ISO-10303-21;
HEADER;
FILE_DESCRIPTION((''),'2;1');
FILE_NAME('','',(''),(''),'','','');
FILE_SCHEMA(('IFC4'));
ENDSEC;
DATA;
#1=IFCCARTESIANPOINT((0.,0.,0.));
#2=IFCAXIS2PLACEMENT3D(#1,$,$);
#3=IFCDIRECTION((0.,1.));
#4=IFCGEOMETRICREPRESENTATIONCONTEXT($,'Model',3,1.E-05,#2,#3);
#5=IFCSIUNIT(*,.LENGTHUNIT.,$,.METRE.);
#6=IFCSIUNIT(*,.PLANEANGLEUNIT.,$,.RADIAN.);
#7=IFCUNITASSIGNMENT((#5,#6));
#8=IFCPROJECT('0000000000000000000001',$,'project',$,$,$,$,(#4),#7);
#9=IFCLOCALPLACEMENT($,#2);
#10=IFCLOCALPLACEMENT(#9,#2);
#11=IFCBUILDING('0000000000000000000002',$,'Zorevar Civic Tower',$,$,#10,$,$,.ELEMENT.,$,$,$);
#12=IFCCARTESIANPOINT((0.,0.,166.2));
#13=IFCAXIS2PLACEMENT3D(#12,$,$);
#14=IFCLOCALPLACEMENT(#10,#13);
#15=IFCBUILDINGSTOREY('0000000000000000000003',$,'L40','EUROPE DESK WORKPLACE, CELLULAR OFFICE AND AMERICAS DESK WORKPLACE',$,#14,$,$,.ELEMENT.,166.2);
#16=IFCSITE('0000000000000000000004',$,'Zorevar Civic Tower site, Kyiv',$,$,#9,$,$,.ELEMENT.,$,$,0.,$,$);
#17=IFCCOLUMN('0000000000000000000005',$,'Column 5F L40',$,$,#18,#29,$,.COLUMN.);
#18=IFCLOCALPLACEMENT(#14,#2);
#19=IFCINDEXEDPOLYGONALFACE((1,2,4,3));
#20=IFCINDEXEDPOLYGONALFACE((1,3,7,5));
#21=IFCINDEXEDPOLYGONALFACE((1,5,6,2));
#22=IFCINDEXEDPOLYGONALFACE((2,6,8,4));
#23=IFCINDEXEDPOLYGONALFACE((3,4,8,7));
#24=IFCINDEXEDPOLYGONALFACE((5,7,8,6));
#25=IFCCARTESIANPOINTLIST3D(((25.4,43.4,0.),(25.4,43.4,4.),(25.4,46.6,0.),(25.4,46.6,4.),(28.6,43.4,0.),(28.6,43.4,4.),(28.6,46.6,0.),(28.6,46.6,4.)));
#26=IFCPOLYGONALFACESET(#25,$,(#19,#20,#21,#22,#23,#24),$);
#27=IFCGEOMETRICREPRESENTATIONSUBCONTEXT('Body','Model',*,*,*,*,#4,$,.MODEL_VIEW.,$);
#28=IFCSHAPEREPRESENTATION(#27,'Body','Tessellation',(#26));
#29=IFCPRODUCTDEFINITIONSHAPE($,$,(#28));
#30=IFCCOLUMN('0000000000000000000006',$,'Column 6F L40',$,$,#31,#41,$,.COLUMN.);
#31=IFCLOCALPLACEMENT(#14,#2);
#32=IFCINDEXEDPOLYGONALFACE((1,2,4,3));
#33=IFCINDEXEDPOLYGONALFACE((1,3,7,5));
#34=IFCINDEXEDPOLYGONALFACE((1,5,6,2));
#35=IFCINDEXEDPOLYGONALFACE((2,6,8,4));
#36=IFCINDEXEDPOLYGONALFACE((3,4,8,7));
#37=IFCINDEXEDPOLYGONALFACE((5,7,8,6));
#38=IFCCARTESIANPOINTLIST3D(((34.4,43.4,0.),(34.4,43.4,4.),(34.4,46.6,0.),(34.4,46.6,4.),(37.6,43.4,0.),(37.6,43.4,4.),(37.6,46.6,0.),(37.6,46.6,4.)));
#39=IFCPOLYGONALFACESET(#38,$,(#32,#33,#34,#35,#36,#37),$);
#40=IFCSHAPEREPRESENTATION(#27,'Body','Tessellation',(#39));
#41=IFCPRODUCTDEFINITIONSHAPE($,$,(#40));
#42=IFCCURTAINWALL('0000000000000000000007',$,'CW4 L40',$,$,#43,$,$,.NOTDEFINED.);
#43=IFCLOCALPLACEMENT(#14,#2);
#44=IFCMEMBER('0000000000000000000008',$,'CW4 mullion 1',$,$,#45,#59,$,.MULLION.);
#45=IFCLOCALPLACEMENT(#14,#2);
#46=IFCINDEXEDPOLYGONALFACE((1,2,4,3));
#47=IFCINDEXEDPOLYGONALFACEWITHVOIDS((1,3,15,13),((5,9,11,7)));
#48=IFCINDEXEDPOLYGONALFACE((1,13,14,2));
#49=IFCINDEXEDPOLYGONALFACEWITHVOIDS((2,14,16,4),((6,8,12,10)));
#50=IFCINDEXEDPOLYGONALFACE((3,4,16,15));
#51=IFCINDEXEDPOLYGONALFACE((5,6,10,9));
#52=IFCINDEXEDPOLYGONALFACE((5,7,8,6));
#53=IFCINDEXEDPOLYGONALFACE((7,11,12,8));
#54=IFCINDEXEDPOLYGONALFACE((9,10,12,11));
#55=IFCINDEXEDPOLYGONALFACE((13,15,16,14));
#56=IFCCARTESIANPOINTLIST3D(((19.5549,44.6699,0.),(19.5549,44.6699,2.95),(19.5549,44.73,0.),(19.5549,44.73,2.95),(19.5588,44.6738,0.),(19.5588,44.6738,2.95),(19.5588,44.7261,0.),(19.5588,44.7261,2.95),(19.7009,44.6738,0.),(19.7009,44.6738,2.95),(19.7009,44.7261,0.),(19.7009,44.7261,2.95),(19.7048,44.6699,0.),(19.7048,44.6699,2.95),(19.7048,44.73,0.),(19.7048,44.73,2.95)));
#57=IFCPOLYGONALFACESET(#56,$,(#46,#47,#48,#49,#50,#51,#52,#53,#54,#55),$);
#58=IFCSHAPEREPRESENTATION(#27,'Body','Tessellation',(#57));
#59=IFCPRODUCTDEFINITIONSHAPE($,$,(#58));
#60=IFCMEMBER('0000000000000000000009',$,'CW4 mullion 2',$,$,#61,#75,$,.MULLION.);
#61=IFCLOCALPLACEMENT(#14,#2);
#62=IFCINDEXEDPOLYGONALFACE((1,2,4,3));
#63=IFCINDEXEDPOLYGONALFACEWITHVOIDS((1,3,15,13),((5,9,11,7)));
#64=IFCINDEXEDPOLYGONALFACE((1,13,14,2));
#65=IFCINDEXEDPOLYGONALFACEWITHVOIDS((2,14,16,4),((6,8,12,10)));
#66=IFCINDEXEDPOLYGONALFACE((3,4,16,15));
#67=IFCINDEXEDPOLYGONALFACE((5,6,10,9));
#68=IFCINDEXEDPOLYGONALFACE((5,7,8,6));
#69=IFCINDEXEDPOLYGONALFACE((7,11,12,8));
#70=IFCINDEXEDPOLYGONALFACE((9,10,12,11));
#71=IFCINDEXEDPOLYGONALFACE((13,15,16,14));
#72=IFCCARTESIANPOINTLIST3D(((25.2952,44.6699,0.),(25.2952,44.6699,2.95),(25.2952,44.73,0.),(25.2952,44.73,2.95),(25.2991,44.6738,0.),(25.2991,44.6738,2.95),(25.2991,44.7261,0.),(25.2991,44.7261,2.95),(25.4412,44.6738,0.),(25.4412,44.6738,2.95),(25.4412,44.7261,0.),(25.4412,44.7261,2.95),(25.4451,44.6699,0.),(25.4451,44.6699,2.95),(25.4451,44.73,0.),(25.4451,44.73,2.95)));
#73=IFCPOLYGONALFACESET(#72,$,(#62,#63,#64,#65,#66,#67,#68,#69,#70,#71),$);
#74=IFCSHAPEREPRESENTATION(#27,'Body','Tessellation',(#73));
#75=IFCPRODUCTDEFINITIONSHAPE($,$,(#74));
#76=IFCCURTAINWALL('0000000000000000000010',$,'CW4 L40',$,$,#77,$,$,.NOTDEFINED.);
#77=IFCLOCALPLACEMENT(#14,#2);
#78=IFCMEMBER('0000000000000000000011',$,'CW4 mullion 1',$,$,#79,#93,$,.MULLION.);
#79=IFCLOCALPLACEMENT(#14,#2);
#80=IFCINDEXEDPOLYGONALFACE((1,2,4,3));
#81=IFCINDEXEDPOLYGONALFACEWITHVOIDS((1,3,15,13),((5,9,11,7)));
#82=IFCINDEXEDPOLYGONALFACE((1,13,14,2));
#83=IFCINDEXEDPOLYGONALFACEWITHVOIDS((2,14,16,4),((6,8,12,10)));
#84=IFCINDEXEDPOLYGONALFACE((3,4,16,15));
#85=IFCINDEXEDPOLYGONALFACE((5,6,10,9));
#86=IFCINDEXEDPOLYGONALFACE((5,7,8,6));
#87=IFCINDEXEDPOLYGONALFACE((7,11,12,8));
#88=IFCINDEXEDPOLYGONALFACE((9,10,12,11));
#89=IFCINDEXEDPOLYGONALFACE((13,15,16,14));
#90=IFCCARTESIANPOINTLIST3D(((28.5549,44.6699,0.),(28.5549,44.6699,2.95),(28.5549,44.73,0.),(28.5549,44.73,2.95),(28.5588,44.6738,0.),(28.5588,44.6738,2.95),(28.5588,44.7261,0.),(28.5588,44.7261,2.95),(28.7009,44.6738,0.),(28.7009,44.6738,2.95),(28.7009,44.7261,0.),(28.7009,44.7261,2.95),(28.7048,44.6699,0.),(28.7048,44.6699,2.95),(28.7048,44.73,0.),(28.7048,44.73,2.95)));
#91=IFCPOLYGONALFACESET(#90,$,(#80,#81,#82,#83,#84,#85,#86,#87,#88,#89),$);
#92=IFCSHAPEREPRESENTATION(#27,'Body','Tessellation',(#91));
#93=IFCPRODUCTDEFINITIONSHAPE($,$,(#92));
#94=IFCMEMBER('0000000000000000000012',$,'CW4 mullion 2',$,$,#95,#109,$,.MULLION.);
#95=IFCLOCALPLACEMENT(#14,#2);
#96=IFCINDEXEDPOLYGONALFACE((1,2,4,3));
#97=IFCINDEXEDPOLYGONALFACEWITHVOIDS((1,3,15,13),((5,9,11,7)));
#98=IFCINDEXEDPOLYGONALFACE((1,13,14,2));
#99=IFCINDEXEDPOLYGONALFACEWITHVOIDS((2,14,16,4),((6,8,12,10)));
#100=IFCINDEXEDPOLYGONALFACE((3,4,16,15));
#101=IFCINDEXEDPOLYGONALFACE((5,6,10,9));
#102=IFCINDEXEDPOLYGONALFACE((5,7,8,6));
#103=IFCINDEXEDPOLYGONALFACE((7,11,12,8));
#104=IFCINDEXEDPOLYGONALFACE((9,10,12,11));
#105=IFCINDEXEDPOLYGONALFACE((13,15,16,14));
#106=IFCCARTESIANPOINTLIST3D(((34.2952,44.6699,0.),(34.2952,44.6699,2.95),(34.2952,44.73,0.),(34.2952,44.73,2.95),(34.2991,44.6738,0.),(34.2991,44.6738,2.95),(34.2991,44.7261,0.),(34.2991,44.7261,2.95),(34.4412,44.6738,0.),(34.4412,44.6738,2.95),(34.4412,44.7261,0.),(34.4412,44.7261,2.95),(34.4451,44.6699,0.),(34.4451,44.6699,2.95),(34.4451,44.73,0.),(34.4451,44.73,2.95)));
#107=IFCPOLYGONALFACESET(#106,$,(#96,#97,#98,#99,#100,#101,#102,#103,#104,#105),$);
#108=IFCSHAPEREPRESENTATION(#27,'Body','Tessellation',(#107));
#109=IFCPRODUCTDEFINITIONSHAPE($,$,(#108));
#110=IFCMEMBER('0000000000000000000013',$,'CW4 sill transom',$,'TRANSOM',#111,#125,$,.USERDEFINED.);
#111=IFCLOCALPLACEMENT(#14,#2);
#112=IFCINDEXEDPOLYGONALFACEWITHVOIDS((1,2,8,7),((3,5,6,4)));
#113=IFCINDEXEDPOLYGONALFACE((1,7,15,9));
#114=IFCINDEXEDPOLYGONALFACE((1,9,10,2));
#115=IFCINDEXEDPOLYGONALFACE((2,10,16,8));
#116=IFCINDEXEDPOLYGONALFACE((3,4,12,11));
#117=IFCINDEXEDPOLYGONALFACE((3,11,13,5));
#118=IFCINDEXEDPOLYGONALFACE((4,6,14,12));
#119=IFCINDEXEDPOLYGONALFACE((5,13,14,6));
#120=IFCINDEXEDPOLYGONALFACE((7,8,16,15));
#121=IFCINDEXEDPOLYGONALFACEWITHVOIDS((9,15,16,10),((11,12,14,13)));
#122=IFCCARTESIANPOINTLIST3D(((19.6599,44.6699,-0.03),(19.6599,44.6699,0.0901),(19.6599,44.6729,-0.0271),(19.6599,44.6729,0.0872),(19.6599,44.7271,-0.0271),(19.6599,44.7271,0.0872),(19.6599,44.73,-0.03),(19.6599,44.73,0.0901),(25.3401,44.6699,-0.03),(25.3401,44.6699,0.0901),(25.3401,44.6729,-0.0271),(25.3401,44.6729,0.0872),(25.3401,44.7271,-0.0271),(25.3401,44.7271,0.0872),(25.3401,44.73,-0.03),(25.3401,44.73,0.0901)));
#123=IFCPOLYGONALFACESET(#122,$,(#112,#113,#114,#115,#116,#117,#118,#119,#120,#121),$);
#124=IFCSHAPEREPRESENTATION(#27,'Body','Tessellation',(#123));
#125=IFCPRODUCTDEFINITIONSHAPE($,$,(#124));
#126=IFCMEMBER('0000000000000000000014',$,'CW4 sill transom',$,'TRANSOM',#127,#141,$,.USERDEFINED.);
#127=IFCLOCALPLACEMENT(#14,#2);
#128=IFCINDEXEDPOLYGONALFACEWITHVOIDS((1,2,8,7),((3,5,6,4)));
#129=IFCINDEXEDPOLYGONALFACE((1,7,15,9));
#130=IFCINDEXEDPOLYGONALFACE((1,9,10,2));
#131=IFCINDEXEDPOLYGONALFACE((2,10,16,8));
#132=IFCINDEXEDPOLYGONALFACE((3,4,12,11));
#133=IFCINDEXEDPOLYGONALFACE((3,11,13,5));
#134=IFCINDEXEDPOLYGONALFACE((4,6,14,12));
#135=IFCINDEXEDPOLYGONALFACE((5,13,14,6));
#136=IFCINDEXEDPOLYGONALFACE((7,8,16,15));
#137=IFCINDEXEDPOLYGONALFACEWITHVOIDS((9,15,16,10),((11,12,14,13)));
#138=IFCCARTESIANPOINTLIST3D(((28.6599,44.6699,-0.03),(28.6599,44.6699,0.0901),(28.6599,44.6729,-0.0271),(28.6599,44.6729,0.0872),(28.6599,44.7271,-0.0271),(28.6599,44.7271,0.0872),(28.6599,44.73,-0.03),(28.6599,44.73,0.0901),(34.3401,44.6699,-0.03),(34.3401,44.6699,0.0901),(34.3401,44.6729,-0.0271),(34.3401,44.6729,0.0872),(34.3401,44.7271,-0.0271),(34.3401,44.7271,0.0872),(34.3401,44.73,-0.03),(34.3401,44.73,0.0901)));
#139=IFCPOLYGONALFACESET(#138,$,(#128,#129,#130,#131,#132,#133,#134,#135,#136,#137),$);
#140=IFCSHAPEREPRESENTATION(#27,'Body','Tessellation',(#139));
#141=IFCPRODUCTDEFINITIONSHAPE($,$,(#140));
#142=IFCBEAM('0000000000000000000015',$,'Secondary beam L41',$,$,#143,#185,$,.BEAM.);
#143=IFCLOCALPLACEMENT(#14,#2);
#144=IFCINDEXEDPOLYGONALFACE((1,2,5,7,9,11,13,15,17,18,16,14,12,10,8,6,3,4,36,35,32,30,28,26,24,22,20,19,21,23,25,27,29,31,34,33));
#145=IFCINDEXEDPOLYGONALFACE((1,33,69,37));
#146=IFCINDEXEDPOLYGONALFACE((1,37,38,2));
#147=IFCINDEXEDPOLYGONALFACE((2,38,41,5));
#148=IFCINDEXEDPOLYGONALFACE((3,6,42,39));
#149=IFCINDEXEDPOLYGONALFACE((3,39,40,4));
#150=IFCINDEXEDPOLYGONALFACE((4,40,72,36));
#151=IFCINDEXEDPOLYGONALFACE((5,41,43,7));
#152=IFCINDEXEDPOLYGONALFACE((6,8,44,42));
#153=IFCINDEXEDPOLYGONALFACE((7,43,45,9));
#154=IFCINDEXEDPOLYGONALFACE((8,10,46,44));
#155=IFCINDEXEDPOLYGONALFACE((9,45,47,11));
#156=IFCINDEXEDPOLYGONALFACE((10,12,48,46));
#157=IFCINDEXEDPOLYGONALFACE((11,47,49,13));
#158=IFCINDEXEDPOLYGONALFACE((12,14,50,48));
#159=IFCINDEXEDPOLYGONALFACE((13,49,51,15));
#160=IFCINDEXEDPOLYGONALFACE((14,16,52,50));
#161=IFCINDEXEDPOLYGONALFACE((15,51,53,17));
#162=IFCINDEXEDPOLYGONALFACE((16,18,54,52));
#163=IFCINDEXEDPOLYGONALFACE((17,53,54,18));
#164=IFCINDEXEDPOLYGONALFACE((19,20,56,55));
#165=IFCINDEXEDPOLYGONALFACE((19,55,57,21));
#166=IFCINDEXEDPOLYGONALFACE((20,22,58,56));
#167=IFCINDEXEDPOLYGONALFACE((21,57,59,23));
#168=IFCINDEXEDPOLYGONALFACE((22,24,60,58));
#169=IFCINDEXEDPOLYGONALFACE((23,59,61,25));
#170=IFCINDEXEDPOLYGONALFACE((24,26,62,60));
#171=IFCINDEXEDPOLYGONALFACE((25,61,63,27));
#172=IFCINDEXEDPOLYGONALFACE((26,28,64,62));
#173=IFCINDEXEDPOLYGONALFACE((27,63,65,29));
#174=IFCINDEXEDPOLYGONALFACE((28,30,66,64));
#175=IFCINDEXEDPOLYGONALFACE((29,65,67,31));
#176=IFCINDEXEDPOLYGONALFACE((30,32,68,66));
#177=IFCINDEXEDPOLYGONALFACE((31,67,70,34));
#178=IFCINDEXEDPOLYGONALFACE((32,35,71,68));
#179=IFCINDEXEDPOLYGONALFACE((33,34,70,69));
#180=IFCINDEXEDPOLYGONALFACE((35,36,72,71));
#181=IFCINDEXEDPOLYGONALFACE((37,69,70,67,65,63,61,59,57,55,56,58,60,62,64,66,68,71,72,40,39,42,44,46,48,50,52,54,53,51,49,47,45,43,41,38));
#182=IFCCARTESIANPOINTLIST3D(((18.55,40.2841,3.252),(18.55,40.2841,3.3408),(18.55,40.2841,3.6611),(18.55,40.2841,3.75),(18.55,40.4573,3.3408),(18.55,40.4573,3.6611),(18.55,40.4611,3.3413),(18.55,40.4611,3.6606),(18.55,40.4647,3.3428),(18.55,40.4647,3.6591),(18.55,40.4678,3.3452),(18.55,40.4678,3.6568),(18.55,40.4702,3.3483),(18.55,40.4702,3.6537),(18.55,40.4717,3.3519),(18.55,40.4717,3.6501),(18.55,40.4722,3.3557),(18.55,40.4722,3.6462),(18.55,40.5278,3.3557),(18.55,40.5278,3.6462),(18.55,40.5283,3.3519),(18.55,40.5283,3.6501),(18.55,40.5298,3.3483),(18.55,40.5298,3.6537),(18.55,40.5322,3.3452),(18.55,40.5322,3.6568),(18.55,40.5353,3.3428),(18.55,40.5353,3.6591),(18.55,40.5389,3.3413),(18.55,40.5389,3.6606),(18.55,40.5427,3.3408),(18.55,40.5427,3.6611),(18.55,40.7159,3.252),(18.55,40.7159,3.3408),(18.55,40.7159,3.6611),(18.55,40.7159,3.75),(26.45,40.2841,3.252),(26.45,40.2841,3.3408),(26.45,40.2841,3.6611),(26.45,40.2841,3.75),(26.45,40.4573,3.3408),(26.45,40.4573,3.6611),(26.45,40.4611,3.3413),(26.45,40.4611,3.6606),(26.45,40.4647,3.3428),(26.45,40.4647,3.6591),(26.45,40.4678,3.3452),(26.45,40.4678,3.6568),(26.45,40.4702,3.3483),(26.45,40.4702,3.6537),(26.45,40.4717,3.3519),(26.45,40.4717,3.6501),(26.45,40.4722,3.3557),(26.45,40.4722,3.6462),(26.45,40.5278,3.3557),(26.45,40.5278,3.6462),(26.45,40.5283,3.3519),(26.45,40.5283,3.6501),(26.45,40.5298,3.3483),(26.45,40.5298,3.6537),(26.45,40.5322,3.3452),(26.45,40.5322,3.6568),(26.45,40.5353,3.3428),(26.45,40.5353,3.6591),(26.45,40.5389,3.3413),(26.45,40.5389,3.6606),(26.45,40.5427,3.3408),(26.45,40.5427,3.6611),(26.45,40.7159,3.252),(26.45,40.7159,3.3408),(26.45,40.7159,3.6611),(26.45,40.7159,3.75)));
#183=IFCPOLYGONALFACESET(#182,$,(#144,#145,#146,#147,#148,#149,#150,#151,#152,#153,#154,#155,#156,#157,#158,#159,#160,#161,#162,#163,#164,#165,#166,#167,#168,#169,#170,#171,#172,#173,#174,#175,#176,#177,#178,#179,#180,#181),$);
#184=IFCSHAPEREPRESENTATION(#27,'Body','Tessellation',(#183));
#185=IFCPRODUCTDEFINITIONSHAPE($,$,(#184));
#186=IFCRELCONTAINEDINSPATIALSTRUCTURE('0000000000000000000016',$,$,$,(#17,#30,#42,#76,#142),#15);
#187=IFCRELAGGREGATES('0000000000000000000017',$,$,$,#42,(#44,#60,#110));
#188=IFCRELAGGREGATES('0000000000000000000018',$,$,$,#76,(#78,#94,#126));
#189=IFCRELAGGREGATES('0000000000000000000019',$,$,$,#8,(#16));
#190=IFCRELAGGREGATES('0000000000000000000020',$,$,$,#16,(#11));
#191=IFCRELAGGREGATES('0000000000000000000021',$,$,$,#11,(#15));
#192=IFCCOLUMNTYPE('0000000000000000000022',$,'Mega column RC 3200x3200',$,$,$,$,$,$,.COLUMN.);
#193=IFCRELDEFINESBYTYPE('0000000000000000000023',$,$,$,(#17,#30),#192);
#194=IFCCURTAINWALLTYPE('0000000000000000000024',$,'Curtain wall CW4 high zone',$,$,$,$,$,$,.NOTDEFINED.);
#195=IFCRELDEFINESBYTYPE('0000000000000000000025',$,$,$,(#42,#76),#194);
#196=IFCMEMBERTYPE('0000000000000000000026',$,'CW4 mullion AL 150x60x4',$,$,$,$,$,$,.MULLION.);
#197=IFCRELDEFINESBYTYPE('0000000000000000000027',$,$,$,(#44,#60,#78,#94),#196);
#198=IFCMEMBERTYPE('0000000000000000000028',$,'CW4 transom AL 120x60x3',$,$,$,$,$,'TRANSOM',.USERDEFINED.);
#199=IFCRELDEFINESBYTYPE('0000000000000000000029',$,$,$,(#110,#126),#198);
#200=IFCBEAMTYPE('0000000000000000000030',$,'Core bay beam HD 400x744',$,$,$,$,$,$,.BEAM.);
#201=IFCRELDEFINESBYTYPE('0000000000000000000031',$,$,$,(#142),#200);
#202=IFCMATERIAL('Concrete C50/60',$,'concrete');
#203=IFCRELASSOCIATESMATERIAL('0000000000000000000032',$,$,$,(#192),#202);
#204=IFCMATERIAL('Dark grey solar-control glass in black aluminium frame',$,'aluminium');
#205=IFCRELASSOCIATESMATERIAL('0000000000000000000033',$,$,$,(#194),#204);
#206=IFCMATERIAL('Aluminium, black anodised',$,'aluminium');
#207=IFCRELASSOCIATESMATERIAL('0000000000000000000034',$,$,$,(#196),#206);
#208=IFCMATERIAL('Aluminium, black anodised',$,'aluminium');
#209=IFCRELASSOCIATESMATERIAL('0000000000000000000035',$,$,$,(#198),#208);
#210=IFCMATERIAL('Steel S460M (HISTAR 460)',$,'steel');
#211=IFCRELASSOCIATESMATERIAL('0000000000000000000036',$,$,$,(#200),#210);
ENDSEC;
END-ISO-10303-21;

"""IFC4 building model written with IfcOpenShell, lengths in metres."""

from ifc_helpers import new_model, si_unit, direction, frame, origin, origin_2d, place, context, subcontext, project, spatial, rectangle, hollow_rectangle, i_section, extrude, material, material_profile, profile_set, type_object, element, aggregate, save


model = new_model("IFC4")

# Units and contexts
model_context = context("Model", 3, precision=1e-05, world=origin(), true_north=direction((0.0, 1.0)))
body_context = subcontext(model_context, "Body", "Model", "MODEL_VIEW")
ifc_project = project(units=[si_unit("LENGTHUNIT", "METRE"), si_unit("PLANEANGLEUNIT", "RADIAN")], contexts=[model_context])

# Site, building, storey
site_placement = place(None, origin())
site = spatial("IfcSite", under=ifc_project, at=site_placement, Name="Zorevar Civic Tower site, Kyiv", CompositionType="ELEMENT", RefElevation=0.0)
building_placement = place(site_placement, origin())
building = spatial("IfcBuilding", under=site, at=building_placement, Name="Zorevar Civic Tower", CompositionType="ELEMENT")
storey_placement = place(building_placement, frame((0.0, 0.0, 166.2)))
storey = spatial("IfcBuildingStorey", under=building, at=storey_placement, Name="L40", Description="EUROPE DESK WORKPLACE, CELLULAR OFFICE AND AMERICAS DESK WORKPLACE", CompositionType="ELEMENT", Elevation=166.2)

# Columns
ifc_material_1 = material(Name="Concrete C50/60", Category="concrete")
ifc_material_profile_1 = material_profile(ifc_material_1, rectangle(XDim=3.2, YDim=3.2, at=origin_2d()), Name="RC 3200x3200")
ifc_profile_set_1 = profile_set([ifc_material_profile_1], Name="Concrete C50/60")
column_type = type_object("IfcColumnType", Name="Mega column RC 3200x3200", PredefinedType="COLUMN", material=ifc_profile_set_1)
for number, where, z_axis, x_axis, name in (
    (1, (27.0, 45.0, 0.0), (0.0, 0.0, 1.0), (1.0, 0.0, 0.0), "Column 5F L40"),
    (2, (36.0, 45.0, 0.0), (0.0, 0.0, 1.0), (1.0, 0.0, 0.0), "Column 6F L40"),
):
    element("IfcColumn", number, at=place(storey_placement, frame(where, z_axis=z_axis, x_axis=x_axis)), inside=storey, type_object=column_type, Name=name, PredefinedType="COLUMN", context=body_context, shape_type="SweptSolid", body=[
        extrude(rectangle(XDim=3.2, YDim=3.2, at=origin_2d()), origin(), (0.0, 0.0, 1.0), 4.0),
    ])

# Curtain walls, members
ifc_material_2 = material(Name="Dark grey solar-control glass in black aluminium frame", Category="aluminium")
curtain_wall_type = type_object("IfcCurtainWallType", Name="Curtain wall CW4 high zone", PredefinedType="NOTDEFINED", material=ifc_material_2)
curtain_wall_1_placement = place(storey_placement, origin())
curtain_wall_1 = element("IfcCurtainWall", 3, at=curtain_wall_1_placement, inside=storey, type_object=curtain_wall_type, Name="CW4 L40", PredefinedType="NOTDEFINED")
ifc_material_3 = material(Name="Aluminium, black anodised", Category="aluminium")
ifc_material_profile_2 = material_profile(ifc_material_3, hollow_rectangle(XDim=0.0601, YDim=0.1499, WallThickness=0.0039, at=origin_2d()), Name="AL 150x60x4")
ifc_profile_set_2 = profile_set([ifc_material_profile_2], Name="Aluminium, black anodised")
member_type_1 = type_object("IfcMemberType", Name="CW4 mullion AL 150x60x4", PredefinedType="MULLION", material=ifc_profile_set_2)
member_1_placement = place(storey_placement, frame((19.6299, 44.7, 0.0), z_axis=(0.0, 0.0, 1.0), x_axis=(0.0, 1.0, 0.0)))
member_1 = element("IfcMember", 4, at=member_1_placement, type_object=member_type_1, Name="CW4 mullion 1", PredefinedType="MULLION", context=body_context, shape_type="SweptSolid", body=[
    extrude(hollow_rectangle(XDim=0.0601, YDim=0.1499, WallThickness=0.0039, at=origin_2d()), origin(), (0.0, 0.0, 1.0), 2.95),
])
member_2_placement = place(storey_placement, frame((25.3701, 44.7, 0.0), z_axis=(0.0, 0.0, 1.0), x_axis=(0.0, 1.0, 0.0)))
member_2 = element("IfcMember", 5, at=member_2_placement, type_object=member_type_1, Name="CW4 mullion 2", PredefinedType="MULLION", context=body_context, shape_type="SweptSolid", body=[
    extrude(hollow_rectangle(XDim=0.0601, YDim=0.1499, WallThickness=0.0039, at=origin_2d()), origin(), (0.0, 0.0, 1.0), 2.95),
])
curtain_wall_2_placement = place(storey_placement, origin())
curtain_wall_2 = element("IfcCurtainWall", 6, at=curtain_wall_2_placement, inside=storey, type_object=curtain_wall_type, Name="CW4 L40", PredefinedType="NOTDEFINED")
member_3_placement = place(storey_placement, frame((28.6299, 44.7, 0.0), z_axis=(0.0, 0.0, 1.0), x_axis=(0.0, 1.0, 0.0)))
member_3 = element("IfcMember", 7, at=member_3_placement, type_object=member_type_1, Name="CW4 mullion 1", PredefinedType="MULLION", context=body_context, shape_type="SweptSolid", body=[
    extrude(hollow_rectangle(XDim=0.0601, YDim=0.1499, WallThickness=0.0039, at=origin_2d()), origin(), (0.0, 0.0, 1.0), 2.95),
])
member_4_placement = place(storey_placement, frame((34.3701, 44.7, 0.0), z_axis=(0.0, 0.0, 1.0), x_axis=(0.0, 1.0, 0.0)))
member_4 = element("IfcMember", 8, at=member_4_placement, type_object=member_type_1, Name="CW4 mullion 2", PredefinedType="MULLION", context=body_context, shape_type="SweptSolid", body=[
    extrude(hollow_rectangle(XDim=0.0601, YDim=0.1499, WallThickness=0.0039, at=origin_2d()), origin(), (0.0, 0.0, 1.0), 2.95),
])

# Members
ifc_material_4 = material(Name="Aluminium, black anodised", Category="aluminium")
ifc_material_profile_3 = material_profile(ifc_material_4, hollow_rectangle(XDim=0.0601, YDim=0.1201, WallThickness=0.0029, at=origin_2d()), Name="AL 120x60x3")
ifc_profile_set_3 = profile_set([ifc_material_profile_3], Name="Aluminium, black anodised")
member_type_2 = type_object("IfcMemberType", Name="CW4 transom AL 120x60x3", ElementType="TRANSOM", PredefinedType="USERDEFINED", material=ifc_profile_set_3)
member_5_placement = place(storey_placement, frame((19.6599, 44.7, 0.03), z_axis=(1.0, 0.0, 0.0), x_axis=(0.0, 1.0, 0.0)))
member_5 = element("IfcMember", 9, at=member_5_placement, type_object=member_type_2, Name="CW4 sill transom", ObjectType="TRANSOM", PredefinedType="USERDEFINED", context=body_context, shape_type="SweptSolid", body=[
    extrude(hollow_rectangle(XDim=0.0601, YDim=0.1201, WallThickness=0.0029, at=origin_2d()), origin(), (0.0, 0.0, 1.0), 5.6802),
])
member_6_placement = place(storey_placement, frame((28.6599, 44.7, 0.03), z_axis=(1.0, 0.0, 0.0), x_axis=(0.0, 1.0, 0.0)))
member_6 = element("IfcMember", 10, at=member_6_placement, type_object=member_type_2, Name="CW4 sill transom", ObjectType="TRANSOM", PredefinedType="USERDEFINED", context=body_context, shape_type="SweptSolid", body=[
    extrude(hollow_rectangle(XDim=0.0601, YDim=0.1201, WallThickness=0.0029, at=origin_2d()), origin(), (0.0, 0.0, 1.0), 5.6802),
])

# Beam
ifc_material_5 = material(Name="Steel S460M (HISTAR 460)", Category="steel")
ifc_material_profile_4 = material_profile(ifc_material_5, i_section(OverallWidth=0.4319, OverallDepth=0.498, WebThickness=0.0557, FlangeThickness=0.0889, FilletRadius=0.0149, at=origin_2d()), Name="HD 400x744")
ifc_profile_set_4 = profile_set([ifc_material_profile_4], Name="Steel S460M (HISTAR 460)")
beam_type_1 = type_object("IfcBeamType", Name="Core bay beam HD 400x744", PredefinedType="BEAM", material=ifc_profile_set_4)
for number, where, z_axis, x_axis, name in (
    (11, (18.55, 40.5, 3.501), (1.0, 0.0, 0.0), (0.0, 1.0, 0.0), "Secondary beam L41"),
):
    element("IfcBeam", number, at=place(storey_placement, frame(where, z_axis=z_axis, x_axis=x_axis)), inside=storey, type_object=beam_type_1, Name=name, PredefinedType="BEAM", context=body_context, shape_type="SweptSolid", body=[
        extrude(i_section(OverallWidth=0.4319, OverallDepth=0.498, WebThickness=0.0557, FlangeThickness=0.0889, FilletRadius=0.0149, at=origin_2d()), origin(), (0.0, 0.0, 1.0), 7.8999),
    ])

aggregate(curtain_wall_1, [member_1, member_2, member_5])
aggregate(curtain_wall_2, [member_3, member_4, member_6])

save(model, "model.ifc")
